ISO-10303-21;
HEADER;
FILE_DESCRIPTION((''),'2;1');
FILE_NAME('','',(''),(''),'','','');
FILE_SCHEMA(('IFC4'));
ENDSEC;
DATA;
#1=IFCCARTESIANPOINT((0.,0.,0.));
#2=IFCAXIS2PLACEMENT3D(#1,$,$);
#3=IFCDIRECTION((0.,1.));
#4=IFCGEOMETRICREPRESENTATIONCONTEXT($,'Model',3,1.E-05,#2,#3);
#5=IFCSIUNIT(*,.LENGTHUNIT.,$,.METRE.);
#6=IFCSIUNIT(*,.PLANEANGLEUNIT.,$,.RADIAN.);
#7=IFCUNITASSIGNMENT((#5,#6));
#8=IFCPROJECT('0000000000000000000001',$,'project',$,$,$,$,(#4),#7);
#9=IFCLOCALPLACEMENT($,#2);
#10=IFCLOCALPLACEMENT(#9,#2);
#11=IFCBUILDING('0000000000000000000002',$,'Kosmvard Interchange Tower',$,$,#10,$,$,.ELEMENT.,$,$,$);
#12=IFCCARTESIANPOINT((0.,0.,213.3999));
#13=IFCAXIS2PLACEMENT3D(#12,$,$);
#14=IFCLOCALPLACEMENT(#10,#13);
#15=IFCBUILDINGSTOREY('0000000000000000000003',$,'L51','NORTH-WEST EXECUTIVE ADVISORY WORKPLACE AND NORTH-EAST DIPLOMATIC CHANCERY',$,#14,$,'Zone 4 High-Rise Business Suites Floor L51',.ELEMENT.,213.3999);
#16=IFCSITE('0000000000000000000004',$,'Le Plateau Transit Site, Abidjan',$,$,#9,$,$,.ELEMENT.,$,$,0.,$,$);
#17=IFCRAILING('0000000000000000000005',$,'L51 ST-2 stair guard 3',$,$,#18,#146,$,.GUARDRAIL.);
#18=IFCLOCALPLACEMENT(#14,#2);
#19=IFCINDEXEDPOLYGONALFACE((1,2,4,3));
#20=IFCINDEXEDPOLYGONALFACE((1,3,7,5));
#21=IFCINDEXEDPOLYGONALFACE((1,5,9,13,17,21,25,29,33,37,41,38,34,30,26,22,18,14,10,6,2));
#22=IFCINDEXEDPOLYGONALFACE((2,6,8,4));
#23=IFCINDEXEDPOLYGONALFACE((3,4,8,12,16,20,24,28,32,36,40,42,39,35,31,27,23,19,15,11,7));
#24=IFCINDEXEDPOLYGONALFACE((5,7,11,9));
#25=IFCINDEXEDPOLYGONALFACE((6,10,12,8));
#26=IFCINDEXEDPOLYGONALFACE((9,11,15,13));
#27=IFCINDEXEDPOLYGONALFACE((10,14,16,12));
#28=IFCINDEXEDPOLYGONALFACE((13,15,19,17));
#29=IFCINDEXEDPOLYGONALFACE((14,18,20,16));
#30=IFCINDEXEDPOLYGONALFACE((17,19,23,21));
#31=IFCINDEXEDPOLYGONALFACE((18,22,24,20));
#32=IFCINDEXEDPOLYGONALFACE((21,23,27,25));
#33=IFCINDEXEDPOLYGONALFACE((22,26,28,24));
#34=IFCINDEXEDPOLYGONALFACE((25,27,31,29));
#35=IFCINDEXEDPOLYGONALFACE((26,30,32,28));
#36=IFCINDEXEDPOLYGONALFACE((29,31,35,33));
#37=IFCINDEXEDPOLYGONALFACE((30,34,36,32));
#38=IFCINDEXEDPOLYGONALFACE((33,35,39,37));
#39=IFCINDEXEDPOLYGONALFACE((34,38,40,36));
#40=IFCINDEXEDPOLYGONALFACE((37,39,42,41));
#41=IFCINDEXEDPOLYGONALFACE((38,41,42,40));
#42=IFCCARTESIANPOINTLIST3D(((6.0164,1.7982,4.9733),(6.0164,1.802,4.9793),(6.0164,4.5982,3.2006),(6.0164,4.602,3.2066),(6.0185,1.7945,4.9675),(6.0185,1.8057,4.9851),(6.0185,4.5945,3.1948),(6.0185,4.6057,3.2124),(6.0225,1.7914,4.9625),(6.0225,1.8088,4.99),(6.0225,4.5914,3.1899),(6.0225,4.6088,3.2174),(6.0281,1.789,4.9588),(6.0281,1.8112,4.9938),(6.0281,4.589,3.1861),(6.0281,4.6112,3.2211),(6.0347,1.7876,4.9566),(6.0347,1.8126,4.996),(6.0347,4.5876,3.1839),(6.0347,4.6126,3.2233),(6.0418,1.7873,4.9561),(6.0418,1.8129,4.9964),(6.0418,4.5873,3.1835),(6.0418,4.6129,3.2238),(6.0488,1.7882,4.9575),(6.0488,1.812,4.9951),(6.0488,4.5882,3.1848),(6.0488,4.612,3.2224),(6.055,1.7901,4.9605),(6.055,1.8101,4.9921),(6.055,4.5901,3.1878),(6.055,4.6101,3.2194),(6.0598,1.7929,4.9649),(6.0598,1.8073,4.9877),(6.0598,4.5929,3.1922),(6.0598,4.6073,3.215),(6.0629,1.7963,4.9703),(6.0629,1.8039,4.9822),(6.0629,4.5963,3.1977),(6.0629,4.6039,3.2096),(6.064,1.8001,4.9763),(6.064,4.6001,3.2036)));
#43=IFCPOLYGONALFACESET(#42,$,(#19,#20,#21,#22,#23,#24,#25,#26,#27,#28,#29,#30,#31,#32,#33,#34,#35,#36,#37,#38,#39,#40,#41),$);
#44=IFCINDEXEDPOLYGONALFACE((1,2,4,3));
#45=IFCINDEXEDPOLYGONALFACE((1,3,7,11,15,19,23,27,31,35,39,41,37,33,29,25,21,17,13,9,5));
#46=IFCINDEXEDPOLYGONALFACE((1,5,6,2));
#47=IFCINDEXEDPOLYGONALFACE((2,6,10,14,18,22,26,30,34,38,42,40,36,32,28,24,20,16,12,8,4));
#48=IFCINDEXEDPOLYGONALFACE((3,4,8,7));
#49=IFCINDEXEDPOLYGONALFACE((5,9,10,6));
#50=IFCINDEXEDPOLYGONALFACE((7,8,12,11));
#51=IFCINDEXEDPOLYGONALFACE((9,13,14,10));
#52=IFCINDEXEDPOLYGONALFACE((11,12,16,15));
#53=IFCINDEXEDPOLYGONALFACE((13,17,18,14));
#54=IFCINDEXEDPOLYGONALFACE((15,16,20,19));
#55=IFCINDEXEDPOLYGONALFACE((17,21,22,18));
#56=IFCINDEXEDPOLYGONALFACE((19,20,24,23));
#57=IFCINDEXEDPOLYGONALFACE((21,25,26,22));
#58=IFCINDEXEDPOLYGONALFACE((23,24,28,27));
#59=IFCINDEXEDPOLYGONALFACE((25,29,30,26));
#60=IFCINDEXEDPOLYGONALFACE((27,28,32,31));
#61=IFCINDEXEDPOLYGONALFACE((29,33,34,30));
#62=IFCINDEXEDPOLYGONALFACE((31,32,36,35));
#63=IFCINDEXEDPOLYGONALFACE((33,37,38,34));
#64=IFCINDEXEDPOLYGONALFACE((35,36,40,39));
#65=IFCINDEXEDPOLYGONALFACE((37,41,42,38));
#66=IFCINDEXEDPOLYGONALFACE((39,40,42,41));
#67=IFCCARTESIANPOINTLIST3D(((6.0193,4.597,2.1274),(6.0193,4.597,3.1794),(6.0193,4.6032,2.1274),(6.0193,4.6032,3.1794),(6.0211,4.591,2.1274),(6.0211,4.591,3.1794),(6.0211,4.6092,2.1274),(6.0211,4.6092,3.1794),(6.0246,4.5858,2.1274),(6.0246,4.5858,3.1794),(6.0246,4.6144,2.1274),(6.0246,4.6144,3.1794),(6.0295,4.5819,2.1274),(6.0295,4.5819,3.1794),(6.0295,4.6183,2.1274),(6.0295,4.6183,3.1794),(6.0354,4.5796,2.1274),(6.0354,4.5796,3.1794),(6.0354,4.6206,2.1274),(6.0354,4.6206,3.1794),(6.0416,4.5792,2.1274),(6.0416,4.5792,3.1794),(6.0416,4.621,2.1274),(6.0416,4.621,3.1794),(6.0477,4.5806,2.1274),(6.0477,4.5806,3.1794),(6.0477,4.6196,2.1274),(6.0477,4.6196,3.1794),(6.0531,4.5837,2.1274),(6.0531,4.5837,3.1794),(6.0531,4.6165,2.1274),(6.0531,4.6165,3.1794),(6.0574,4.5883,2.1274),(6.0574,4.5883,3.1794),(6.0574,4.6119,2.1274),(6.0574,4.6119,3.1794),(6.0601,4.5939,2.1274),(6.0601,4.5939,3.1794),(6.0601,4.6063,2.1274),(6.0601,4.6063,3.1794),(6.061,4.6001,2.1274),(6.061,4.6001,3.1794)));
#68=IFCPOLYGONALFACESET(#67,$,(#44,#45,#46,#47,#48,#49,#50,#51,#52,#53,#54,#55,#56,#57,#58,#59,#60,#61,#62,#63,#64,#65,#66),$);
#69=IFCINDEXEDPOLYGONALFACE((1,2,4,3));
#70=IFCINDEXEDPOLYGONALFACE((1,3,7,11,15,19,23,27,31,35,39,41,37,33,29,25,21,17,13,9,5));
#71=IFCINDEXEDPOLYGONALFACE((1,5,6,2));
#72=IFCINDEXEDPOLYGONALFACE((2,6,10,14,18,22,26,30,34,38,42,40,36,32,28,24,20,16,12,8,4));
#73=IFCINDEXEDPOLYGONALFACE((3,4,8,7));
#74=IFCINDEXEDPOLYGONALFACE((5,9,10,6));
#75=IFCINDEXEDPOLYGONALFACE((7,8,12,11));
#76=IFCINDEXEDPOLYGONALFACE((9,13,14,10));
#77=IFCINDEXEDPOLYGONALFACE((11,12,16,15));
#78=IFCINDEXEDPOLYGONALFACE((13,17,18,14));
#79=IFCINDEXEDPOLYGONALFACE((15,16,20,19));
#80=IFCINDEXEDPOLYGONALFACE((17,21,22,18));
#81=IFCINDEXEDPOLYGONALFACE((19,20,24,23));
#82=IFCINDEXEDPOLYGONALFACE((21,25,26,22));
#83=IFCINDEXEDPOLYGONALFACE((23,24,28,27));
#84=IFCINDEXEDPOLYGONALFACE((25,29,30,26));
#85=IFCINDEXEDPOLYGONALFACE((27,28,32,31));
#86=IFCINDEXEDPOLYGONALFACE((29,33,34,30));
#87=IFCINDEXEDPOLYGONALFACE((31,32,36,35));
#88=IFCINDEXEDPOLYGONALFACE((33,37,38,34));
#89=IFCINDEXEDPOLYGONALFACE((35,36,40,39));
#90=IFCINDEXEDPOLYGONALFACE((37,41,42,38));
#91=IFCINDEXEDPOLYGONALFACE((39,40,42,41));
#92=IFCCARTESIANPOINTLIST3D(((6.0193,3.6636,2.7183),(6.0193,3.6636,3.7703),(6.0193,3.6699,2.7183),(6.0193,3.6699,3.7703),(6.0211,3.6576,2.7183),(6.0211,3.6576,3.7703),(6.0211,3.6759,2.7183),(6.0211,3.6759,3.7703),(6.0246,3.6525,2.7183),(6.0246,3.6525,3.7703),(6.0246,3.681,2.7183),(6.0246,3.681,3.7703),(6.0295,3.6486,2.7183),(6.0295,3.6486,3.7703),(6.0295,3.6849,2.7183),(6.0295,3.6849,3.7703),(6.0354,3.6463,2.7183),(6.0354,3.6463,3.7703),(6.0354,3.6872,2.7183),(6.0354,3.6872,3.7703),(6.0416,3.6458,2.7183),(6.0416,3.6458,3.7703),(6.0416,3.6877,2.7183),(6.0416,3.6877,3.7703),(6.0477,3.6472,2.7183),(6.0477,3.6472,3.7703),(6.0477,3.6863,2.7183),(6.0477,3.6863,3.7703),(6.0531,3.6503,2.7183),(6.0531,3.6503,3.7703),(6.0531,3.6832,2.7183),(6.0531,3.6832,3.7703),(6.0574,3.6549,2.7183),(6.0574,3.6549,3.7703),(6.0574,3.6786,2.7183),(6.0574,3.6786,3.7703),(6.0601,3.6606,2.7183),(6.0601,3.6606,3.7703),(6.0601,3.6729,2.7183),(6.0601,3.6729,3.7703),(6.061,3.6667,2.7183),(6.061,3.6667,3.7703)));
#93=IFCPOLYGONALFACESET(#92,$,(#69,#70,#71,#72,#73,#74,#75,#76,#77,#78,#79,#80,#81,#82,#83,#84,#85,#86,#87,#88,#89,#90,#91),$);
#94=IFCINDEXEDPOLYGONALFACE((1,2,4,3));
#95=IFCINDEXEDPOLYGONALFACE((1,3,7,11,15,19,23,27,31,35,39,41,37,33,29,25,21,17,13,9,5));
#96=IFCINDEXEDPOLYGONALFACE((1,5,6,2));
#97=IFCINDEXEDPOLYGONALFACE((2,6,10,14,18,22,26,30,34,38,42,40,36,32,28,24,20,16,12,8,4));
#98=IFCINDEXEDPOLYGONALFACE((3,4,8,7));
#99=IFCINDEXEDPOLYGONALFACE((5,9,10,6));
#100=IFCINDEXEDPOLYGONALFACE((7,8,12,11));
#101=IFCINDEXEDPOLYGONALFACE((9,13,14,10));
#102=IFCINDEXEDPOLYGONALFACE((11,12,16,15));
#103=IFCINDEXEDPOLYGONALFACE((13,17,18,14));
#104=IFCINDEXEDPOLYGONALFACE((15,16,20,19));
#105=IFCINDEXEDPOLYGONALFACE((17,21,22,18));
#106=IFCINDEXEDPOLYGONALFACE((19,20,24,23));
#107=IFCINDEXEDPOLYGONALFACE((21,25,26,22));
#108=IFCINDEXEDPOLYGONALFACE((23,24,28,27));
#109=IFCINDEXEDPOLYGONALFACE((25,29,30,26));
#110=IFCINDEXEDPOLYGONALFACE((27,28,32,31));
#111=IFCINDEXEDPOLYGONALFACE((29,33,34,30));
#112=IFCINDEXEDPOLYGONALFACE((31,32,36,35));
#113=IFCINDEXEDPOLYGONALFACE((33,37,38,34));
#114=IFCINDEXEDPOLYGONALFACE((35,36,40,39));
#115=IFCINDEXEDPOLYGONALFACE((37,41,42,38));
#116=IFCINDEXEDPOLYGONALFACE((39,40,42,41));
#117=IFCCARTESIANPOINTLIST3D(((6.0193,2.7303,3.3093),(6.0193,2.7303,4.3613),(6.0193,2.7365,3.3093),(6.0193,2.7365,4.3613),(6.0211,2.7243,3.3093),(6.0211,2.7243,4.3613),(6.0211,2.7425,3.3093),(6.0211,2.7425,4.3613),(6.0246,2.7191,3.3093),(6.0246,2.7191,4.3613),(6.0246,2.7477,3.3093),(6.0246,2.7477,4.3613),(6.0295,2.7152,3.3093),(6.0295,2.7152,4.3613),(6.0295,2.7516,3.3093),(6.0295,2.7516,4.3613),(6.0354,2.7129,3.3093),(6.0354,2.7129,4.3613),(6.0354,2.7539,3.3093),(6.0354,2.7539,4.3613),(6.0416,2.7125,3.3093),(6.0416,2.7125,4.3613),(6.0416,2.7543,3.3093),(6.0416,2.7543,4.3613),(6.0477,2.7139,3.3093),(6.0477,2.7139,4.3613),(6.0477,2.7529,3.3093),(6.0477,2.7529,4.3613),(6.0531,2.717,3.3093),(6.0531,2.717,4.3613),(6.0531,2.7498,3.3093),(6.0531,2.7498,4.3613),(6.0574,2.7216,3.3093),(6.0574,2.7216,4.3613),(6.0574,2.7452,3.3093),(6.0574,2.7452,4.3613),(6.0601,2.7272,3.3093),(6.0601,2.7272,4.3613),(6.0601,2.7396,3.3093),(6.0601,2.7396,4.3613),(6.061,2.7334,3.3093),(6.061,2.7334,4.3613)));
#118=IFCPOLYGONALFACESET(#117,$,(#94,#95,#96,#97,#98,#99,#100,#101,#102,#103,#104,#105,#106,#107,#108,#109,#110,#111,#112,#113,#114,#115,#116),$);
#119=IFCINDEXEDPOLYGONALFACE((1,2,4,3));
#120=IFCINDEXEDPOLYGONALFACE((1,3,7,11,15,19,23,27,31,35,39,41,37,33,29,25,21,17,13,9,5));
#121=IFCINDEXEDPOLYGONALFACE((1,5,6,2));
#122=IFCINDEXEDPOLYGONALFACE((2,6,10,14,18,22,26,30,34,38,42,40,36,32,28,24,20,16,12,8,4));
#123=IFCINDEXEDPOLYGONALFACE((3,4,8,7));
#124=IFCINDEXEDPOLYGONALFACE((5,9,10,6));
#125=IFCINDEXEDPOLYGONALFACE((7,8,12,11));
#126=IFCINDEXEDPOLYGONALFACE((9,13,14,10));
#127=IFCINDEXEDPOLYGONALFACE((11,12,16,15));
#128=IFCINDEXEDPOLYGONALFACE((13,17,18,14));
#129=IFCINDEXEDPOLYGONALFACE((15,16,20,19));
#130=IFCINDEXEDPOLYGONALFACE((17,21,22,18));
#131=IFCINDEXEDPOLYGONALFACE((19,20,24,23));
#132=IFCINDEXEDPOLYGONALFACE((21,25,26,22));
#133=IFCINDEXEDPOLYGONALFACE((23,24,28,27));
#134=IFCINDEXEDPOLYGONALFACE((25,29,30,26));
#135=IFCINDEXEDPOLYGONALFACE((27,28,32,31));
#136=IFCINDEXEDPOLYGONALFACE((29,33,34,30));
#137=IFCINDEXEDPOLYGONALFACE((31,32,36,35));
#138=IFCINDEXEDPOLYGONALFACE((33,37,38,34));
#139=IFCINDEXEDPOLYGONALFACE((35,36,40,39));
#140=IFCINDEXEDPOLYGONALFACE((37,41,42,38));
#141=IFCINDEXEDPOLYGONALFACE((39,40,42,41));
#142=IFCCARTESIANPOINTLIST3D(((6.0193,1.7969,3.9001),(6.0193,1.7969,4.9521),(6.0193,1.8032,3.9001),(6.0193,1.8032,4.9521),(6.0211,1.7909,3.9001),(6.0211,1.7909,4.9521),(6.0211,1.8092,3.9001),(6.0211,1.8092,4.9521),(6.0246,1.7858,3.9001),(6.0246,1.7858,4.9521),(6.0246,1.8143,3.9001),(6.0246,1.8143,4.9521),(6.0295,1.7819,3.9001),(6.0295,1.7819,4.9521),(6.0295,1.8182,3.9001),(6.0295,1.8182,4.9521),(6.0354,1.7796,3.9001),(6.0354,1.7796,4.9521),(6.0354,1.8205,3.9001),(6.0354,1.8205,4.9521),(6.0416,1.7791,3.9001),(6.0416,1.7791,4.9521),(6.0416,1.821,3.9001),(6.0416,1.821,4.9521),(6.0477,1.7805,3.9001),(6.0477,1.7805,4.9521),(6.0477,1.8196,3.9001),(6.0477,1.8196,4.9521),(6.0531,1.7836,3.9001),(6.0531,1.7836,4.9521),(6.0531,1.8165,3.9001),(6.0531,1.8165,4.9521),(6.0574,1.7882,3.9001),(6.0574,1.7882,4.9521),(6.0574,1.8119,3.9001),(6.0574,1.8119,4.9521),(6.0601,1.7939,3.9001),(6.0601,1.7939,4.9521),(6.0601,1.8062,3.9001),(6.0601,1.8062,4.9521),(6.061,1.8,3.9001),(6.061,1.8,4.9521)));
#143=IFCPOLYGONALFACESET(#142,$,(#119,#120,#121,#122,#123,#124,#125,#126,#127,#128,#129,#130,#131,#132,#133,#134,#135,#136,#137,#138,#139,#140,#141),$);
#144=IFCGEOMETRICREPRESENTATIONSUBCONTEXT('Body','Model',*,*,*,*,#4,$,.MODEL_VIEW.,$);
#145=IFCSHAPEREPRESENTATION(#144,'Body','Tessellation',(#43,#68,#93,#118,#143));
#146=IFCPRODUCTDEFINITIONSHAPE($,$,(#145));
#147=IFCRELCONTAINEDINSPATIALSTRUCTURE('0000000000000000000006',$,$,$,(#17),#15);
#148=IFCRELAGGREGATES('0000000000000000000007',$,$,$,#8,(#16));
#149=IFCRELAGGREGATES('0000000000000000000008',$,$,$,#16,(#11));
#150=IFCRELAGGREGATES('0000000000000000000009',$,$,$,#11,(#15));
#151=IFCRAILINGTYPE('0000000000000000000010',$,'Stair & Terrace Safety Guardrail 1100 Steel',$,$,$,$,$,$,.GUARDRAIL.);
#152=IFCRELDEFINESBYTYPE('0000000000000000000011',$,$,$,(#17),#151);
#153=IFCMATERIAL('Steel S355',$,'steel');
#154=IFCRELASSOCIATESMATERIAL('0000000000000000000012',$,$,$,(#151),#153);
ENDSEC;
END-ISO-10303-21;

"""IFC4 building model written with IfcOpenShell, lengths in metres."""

from ifc_helpers import new_model, si_unit, direction, frame, origin, origin_2d, place, context, subcontext, project, spatial, circle, extrude, source, transform, mapped, material, type_object, element, save


model = new_model("IFC4")

# Units and contexts
model_context = context("Model", 3, precision=1e-05, world=origin(), true_north=direction((0.0, 1.0)))
body_context = subcontext(model_context, "Body", "Model", "MODEL_VIEW")
ifc_project = project(units=[si_unit("LENGTHUNIT", "METRE"), si_unit("PLANEANGLEUNIT", "RADIAN")], contexts=[model_context])

# Site, building, storey
site_placement = place(None, origin())
site = spatial("IfcSite", under=ifc_project, at=site_placement, Name="Le Plateau Transit Site, Abidjan", CompositionType="ELEMENT", RefElevation=0.0)
building_placement = place(site_placement, origin())
building = spatial("IfcBuilding", under=site, at=building_placement, Name="Kosmvard Interchange Tower", CompositionType="ELEMENT")
storey_placement = place(building_placement, frame((0.0, 0.0, 213.3999)))
storey = spatial("IfcBuildingStorey", under=building, at=storey_placement, Name="L51", Description="NORTH-WEST EXECUTIVE ADVISORY WORKPLACE AND NORTH-EAST DIPLOMATIC CHANCERY", LongName="Zone 4 High-Rise Business Suites Floor L51", CompositionType="ELEMENT", Elevation=213.3999)

# Railing
ifc_material_1 = material(Name="Steel S355", Category="steel")
railing_type_1 = type_object("IfcRailingType", Name="Stair & Terrace Safety Guardrail 1100 Steel", PredefinedType="GUARDRAIL", material=ifc_material_1)
shared_shape_1 = source(origin(), body_context, "Body", "SweptSolid", [
    extrude(circle(Radius=0.0239, at=origin_2d()), frame((0.0, 0.0, 1.0762), z_axis=(0.0, -0.844909, 0.53491), x_axis=(1.0, 0.0, 0.0)), (0.0, 0.0, 1.0), 3.314),
    extrude(circle(Radius=0.021, at=origin_2d()), origin(), (0.0, 0.0, 1.0), 1.052),
    extrude(circle(Radius=0.021, at=origin_2d()), frame((0.0, -0.9333, 0.5908)), (0.0, 0.0, 1.0), 1.052),
    extrude(circle(Radius=0.021, at=origin_2d()), frame((0.0, -1.8667, 1.1819)), (0.0, 0.0, 1.0), 1.052),
    extrude(circle(Radius=0.021, at=origin_2d()), frame((0.0, -2.8, 1.7727)), (0.0, 0.0, 1.0), 1.052),
])
railing_1_placement = place(storey_placement, frame((6.04, 4.6001, 2.1274)))
element("IfcRailing", 1, at=railing_1_placement, inside=storey, type_object=railing_type_1, Name="L51 ST-2 stair guard 3", PredefinedType="GUARDRAIL", context=body_context, shape_type="MappedRepresentation", body=[
    mapped(shared_shape_1, transform((0.0, 0.0, 0.0), scale=1.0)),
])

save(model, "model.ifc")
